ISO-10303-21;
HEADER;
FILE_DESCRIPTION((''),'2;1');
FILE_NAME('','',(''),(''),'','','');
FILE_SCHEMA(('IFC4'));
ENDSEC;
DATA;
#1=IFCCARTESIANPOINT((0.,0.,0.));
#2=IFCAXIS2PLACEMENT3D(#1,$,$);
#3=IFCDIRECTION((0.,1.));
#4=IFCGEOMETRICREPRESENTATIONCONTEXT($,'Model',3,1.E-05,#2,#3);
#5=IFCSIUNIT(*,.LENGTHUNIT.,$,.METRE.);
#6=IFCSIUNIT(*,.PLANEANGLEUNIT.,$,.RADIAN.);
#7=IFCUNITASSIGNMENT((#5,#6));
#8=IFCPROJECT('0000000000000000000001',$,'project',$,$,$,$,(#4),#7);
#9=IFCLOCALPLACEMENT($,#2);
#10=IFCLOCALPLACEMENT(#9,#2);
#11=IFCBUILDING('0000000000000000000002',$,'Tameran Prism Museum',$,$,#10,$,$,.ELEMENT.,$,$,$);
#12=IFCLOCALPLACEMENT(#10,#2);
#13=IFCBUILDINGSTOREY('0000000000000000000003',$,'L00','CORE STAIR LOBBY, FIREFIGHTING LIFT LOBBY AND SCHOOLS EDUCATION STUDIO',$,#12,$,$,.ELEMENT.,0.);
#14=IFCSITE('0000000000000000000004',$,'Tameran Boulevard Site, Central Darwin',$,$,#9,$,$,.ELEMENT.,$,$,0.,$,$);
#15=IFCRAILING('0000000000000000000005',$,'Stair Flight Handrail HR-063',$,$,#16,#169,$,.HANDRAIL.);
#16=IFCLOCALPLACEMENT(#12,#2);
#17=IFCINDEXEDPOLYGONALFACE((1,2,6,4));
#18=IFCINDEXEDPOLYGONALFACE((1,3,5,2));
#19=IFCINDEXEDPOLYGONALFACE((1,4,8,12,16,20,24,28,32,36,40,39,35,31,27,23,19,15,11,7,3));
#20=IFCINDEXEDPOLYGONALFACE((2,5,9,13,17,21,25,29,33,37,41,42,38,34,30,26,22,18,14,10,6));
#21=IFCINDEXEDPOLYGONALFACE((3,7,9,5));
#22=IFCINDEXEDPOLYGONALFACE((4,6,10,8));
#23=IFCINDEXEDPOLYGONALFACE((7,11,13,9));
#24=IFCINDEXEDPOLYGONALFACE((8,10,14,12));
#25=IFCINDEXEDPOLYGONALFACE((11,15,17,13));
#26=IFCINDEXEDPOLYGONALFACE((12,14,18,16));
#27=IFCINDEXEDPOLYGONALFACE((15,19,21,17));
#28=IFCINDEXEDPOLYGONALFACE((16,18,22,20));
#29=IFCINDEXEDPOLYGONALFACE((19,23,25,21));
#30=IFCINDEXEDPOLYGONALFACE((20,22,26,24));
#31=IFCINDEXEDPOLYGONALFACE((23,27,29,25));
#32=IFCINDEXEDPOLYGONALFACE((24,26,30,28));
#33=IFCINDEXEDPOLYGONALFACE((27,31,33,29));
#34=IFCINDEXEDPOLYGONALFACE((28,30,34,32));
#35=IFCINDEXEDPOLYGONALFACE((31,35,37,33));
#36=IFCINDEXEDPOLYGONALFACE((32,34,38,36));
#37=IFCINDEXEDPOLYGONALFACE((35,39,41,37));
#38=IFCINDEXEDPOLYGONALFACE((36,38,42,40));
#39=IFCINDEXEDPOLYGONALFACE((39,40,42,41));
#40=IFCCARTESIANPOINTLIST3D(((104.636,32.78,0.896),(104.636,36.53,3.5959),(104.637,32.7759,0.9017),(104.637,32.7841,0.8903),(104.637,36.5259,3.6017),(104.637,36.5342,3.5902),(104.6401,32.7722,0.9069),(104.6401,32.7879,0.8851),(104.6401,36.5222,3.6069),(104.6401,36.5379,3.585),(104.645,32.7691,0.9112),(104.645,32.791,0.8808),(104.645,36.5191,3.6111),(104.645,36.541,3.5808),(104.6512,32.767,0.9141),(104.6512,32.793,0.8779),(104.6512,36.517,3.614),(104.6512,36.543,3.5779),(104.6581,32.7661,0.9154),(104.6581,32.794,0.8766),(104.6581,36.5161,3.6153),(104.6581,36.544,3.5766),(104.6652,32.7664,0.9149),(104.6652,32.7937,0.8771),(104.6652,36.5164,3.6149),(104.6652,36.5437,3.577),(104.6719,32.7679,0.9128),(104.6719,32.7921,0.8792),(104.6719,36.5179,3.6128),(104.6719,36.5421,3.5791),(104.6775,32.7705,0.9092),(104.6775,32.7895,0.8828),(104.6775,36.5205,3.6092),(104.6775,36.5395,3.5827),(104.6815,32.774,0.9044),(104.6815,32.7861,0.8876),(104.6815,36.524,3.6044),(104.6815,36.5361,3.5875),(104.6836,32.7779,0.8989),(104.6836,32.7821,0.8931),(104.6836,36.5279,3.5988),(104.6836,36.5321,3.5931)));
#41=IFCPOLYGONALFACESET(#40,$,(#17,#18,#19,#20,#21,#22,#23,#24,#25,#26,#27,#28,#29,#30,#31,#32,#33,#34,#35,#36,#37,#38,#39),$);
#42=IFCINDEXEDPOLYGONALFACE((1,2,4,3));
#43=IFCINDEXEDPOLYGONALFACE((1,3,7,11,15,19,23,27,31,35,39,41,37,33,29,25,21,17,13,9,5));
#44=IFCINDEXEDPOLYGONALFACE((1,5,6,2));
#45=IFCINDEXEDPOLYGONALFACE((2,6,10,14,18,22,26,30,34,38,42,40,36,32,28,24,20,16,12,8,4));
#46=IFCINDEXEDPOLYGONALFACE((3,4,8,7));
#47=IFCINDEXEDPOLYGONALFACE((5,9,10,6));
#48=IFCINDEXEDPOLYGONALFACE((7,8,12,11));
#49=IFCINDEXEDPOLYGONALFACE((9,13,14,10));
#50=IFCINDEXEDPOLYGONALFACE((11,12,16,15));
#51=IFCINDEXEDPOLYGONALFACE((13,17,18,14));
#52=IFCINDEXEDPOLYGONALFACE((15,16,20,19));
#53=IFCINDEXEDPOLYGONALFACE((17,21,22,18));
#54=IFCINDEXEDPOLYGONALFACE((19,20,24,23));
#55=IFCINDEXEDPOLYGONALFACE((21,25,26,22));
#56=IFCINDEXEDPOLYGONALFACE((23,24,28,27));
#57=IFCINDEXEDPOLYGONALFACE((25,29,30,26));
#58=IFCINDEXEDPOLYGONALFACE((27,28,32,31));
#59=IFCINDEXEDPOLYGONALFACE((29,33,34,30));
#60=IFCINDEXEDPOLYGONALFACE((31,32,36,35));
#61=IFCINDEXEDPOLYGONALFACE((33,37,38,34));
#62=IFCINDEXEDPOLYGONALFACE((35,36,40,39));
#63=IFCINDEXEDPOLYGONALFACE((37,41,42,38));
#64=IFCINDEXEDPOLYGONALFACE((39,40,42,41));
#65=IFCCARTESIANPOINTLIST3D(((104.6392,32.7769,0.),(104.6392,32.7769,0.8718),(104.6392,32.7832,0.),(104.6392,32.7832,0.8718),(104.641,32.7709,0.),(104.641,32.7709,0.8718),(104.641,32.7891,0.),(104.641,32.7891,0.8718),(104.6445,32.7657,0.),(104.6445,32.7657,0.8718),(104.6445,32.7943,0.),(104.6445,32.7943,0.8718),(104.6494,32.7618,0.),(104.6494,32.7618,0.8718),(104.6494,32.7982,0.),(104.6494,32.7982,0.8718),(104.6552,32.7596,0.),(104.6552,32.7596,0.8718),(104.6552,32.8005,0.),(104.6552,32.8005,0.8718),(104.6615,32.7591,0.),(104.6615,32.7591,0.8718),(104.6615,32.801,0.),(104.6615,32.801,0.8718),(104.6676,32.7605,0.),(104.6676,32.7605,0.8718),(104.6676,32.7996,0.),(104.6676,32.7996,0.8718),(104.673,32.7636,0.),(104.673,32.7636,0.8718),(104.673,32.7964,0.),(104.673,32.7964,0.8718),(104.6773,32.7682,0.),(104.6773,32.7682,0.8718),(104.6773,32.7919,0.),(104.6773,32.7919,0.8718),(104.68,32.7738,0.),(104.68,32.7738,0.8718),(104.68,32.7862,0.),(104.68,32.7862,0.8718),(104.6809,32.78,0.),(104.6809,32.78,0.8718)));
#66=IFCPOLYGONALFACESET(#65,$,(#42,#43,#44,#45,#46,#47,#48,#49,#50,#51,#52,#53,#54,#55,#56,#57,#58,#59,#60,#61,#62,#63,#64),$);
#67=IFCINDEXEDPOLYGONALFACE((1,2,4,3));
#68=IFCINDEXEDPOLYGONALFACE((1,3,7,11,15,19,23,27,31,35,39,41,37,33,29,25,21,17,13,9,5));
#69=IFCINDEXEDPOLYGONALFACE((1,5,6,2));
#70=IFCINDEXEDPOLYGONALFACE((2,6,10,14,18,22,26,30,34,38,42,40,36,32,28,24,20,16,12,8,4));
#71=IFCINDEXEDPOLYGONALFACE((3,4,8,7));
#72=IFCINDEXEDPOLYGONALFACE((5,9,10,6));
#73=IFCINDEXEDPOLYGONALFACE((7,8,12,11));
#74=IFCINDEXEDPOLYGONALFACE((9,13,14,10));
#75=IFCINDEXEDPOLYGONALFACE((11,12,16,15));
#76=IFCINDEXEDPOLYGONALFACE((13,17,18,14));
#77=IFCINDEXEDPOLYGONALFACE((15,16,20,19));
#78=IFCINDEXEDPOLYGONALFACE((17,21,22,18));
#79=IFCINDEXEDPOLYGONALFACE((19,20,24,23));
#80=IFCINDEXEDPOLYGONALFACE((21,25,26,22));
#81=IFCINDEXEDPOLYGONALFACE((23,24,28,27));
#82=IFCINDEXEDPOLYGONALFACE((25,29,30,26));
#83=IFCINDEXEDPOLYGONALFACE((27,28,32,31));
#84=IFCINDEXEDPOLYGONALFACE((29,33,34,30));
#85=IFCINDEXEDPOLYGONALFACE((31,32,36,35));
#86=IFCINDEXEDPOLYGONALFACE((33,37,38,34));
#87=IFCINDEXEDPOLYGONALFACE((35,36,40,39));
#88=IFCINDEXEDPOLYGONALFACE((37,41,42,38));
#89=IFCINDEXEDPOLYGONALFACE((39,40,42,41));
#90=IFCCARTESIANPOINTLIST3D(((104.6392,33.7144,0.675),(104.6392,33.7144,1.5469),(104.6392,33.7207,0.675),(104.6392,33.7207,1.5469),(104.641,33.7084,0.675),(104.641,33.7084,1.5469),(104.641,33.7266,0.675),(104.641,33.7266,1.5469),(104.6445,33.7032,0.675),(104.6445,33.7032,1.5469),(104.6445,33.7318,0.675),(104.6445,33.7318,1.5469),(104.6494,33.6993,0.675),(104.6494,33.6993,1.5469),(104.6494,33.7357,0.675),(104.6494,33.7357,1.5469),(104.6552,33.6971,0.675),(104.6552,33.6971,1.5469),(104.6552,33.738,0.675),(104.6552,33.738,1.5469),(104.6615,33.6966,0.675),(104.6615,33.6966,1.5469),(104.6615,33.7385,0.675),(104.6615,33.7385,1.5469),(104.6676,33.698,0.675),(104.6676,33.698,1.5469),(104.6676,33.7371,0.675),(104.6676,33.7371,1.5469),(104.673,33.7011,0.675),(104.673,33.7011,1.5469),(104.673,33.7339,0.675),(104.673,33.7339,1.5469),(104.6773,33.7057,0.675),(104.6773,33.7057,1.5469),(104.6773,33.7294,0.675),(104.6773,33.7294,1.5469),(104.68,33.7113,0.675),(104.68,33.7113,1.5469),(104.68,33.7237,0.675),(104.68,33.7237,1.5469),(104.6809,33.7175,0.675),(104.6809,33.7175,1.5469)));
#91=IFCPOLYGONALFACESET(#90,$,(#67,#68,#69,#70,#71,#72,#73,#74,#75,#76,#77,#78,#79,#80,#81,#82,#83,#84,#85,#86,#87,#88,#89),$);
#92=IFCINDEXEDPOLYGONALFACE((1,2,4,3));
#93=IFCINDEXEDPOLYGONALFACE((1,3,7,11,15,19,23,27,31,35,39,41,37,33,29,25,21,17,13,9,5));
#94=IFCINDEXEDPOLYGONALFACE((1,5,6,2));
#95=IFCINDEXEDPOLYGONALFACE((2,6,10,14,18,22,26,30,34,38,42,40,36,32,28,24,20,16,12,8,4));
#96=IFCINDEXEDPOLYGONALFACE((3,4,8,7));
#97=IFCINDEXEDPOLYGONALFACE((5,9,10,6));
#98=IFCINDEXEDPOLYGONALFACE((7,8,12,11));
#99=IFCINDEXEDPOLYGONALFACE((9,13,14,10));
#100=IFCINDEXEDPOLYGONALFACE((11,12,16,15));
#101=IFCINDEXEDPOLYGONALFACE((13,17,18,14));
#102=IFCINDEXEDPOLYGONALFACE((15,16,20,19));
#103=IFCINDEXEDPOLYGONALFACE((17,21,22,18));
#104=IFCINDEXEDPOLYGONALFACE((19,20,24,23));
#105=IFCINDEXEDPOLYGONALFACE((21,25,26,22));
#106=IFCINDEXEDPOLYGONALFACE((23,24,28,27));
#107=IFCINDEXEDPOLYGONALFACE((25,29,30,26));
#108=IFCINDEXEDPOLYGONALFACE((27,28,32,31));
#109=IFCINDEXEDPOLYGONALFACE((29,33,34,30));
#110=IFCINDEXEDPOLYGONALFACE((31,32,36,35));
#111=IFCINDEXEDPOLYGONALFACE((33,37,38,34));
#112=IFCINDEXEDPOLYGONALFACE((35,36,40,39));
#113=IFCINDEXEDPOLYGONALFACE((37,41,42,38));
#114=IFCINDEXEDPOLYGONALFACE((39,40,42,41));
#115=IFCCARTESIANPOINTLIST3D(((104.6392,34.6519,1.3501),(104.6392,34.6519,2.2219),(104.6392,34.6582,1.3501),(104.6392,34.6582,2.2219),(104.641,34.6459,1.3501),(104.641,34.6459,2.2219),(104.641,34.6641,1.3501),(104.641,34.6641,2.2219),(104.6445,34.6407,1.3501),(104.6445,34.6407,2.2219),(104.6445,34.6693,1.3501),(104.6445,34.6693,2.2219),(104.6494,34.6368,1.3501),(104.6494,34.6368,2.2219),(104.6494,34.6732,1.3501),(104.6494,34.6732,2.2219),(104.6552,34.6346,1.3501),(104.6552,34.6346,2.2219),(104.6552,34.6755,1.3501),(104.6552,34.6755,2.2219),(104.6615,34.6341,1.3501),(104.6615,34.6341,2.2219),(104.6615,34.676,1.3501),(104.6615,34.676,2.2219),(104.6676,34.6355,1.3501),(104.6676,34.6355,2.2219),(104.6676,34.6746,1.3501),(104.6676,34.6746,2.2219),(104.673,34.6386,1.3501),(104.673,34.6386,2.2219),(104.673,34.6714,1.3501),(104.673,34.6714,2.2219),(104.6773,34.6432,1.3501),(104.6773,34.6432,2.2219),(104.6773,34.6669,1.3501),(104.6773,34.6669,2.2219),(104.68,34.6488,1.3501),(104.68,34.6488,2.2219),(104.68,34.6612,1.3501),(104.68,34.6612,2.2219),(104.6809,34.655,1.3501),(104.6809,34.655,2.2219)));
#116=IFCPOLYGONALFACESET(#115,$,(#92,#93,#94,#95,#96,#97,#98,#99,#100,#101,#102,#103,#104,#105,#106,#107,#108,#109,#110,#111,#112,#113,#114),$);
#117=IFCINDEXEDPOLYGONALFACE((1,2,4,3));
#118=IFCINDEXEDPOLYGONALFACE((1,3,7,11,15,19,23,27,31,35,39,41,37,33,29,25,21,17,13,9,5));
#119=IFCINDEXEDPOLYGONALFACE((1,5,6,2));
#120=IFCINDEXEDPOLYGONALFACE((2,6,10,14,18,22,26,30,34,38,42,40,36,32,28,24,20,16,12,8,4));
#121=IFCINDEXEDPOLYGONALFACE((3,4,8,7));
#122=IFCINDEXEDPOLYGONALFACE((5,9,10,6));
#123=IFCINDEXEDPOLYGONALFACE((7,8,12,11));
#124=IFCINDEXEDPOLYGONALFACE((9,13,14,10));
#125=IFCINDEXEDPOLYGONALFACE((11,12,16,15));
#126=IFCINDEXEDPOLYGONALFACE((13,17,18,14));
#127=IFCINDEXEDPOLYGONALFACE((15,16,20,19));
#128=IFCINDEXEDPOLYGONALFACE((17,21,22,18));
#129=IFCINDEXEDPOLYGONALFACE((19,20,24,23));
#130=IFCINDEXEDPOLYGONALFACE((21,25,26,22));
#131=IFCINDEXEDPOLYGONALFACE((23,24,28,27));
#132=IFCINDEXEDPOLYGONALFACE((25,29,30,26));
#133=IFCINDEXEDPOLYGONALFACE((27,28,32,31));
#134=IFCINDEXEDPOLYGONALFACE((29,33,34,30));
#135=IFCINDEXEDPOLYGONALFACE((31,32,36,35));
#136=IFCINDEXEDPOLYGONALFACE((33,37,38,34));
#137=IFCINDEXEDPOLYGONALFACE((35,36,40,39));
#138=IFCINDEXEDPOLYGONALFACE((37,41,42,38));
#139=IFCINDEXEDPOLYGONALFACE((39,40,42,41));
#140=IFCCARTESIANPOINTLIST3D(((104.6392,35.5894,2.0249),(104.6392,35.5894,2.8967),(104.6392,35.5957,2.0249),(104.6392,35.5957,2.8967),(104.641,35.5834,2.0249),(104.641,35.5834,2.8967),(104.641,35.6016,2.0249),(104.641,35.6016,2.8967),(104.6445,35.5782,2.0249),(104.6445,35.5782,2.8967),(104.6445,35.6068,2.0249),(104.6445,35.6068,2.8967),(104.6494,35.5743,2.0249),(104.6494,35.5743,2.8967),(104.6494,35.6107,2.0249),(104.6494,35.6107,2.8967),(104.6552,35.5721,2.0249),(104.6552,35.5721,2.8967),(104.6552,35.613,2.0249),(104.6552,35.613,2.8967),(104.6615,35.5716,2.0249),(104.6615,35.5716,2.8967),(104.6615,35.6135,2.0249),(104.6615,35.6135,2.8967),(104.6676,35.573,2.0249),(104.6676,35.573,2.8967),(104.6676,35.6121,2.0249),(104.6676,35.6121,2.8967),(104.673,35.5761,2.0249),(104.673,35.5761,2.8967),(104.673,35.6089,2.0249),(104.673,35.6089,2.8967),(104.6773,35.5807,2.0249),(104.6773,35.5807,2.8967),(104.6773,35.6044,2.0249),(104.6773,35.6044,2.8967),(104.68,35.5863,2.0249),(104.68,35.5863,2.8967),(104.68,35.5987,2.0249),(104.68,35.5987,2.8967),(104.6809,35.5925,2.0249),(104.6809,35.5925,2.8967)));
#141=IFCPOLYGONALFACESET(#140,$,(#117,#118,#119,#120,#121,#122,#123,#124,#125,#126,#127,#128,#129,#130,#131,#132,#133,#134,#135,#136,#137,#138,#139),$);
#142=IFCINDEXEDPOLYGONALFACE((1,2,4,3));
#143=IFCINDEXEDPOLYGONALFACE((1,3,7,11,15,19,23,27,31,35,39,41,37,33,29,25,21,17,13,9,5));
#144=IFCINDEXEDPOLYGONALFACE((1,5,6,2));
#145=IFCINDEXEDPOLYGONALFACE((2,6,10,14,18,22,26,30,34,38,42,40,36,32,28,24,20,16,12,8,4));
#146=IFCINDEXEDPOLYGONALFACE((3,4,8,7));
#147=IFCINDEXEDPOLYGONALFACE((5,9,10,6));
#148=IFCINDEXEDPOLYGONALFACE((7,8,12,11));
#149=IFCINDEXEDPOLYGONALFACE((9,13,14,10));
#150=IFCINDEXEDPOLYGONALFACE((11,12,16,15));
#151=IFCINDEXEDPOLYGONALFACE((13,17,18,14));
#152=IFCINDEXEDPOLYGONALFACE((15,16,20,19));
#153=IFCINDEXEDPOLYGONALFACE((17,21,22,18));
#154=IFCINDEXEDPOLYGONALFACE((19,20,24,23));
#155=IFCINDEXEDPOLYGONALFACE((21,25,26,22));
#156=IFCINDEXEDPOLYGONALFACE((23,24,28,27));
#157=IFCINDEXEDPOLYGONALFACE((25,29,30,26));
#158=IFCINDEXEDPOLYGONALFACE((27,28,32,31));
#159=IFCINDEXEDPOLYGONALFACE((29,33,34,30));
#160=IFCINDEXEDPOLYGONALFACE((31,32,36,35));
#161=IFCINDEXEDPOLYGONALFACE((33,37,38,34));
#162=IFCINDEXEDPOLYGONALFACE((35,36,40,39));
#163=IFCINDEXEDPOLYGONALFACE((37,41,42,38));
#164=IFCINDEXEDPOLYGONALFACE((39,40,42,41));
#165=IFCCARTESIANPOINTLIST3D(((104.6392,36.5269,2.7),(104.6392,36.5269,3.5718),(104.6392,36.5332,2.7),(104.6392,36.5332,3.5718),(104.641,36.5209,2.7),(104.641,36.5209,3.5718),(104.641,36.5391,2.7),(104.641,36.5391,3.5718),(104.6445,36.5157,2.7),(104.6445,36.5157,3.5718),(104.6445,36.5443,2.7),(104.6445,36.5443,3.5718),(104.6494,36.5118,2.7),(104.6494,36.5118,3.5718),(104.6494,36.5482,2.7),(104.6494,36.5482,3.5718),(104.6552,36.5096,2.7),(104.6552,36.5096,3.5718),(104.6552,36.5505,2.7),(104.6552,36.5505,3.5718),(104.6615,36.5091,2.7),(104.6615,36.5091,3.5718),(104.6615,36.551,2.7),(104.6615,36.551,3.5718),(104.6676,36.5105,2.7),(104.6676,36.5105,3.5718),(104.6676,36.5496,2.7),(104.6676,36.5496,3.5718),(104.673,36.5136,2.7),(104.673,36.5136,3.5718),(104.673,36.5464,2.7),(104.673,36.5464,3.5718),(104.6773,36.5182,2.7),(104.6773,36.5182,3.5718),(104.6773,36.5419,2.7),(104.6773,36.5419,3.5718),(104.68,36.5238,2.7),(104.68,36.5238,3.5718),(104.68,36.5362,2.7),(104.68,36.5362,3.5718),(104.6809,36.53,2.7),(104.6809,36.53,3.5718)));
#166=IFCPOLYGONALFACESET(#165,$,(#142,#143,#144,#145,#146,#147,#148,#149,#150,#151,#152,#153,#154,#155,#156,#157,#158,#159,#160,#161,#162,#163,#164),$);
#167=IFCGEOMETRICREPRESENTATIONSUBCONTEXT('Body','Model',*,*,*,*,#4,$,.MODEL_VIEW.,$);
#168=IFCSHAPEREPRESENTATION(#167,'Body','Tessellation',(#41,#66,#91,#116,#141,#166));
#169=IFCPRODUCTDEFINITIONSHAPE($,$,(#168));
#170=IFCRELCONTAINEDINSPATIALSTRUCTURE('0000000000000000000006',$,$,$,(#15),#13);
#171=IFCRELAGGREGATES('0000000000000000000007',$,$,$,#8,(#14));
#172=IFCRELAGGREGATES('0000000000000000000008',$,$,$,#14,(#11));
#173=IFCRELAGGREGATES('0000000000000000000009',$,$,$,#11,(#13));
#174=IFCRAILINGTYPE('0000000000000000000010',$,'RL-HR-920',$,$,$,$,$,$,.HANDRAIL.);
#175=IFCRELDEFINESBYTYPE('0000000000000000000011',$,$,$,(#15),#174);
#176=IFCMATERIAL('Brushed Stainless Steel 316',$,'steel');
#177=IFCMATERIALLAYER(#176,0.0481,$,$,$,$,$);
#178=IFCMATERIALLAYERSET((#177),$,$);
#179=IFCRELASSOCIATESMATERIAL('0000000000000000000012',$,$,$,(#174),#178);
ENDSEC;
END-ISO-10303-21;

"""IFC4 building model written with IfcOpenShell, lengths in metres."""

from ifc_helpers import new_model, si_unit, direction, frame, origin, origin_2d, place, context, subcontext, project, spatial, circle, extrude, material, layer, layer_set, type_object, element, save


model = new_model("IFC4")

# Units and contexts
model_context = context("Model", 3, precision=1e-05, world=origin(), true_north=direction((0.0, 1.0)))
body_context = subcontext(model_context, "Body", "Model", "MODEL_VIEW")
ifc_project = project(units=[si_unit("LENGTHUNIT", "METRE"), si_unit("PLANEANGLEUNIT", "RADIAN")], contexts=[model_context])

# Site, building, storey
site_placement = place(None, origin())
site = spatial("IfcSite", under=ifc_project, at=site_placement, Name="Tameran Boulevard Site, Central Darwin", CompositionType="ELEMENT", RefElevation=0.0)
building_placement = place(site_placement, origin())
building = spatial("IfcBuilding", under=site, at=building_placement, Name="Tameran Prism Museum", CompositionType="ELEMENT")
storey_placement = place(building_placement, origin())
storey = spatial("IfcBuildingStorey", under=building, at=storey_placement, Name="L00", Description="CORE STAIR LOBBY, FIREFIGHTING LIFT LOBBY AND SCHOOLS EDUCATION STUDIO", CompositionType="ELEMENT", Elevation=0.0)

# Railing
ifc_material_1 = material(Name="Brushed Stainless Steel 316", Category="steel")
ifc_layer_1 = layer(ifc_material_1, 0.0481)
ifc_layer_set_1 = layer_set([ifc_layer_1])
railing_type_1 = type_object("IfcRailingType", Name="RL-HR-920", PredefinedType="HANDRAIL", material=ifc_layer_set_1)
railing_1_placement = place(storey_placement, frame((104.6599, 32.78, 0.0)))
element("IfcRailing", 1, at=railing_1_placement, inside=storey, type_object=railing_type_1, Name="Stair Flight Handrail HR-063", PredefinedType="HANDRAIL", context=body_context, shape_type="SweptSolid", body=[
    extrude(circle(Radius=0.0239, at=origin_2d()), frame((0.0, 0.0, 0.896), z_axis=(0.0, 0.811539, 0.584298), x_axis=(-1.0, 0.0, 0.0)), (0.0, 0.0, 1.0), 4.6208),
    extrude(circle(Radius=0.021, at=origin_2d()), origin(), (0.0, 0.0, 1.0), 0.8718),
    extrude(circle(Radius=0.021, at=origin_2d()), frame((0.0, 0.9375, 0.675)), (0.0, 0.0, 1.0), 0.8718),
    extrude(circle(Radius=0.021, at=origin_2d()), frame((0.0, 1.875, 1.3501)), (0.0, 0.0, 1.0), 0.8718),
    extrude(circle(Radius=0.021, at=origin_2d()), frame((0.0, 2.8125, 2.0249)), (0.0, 0.0, 1.0), 0.8718),
    extrude(circle(Radius=0.021, at=origin_2d()), frame((0.0, 3.75, 2.7)), (0.0, 0.0, 1.0), 0.8718),
])

save(model, "model.ifc")
